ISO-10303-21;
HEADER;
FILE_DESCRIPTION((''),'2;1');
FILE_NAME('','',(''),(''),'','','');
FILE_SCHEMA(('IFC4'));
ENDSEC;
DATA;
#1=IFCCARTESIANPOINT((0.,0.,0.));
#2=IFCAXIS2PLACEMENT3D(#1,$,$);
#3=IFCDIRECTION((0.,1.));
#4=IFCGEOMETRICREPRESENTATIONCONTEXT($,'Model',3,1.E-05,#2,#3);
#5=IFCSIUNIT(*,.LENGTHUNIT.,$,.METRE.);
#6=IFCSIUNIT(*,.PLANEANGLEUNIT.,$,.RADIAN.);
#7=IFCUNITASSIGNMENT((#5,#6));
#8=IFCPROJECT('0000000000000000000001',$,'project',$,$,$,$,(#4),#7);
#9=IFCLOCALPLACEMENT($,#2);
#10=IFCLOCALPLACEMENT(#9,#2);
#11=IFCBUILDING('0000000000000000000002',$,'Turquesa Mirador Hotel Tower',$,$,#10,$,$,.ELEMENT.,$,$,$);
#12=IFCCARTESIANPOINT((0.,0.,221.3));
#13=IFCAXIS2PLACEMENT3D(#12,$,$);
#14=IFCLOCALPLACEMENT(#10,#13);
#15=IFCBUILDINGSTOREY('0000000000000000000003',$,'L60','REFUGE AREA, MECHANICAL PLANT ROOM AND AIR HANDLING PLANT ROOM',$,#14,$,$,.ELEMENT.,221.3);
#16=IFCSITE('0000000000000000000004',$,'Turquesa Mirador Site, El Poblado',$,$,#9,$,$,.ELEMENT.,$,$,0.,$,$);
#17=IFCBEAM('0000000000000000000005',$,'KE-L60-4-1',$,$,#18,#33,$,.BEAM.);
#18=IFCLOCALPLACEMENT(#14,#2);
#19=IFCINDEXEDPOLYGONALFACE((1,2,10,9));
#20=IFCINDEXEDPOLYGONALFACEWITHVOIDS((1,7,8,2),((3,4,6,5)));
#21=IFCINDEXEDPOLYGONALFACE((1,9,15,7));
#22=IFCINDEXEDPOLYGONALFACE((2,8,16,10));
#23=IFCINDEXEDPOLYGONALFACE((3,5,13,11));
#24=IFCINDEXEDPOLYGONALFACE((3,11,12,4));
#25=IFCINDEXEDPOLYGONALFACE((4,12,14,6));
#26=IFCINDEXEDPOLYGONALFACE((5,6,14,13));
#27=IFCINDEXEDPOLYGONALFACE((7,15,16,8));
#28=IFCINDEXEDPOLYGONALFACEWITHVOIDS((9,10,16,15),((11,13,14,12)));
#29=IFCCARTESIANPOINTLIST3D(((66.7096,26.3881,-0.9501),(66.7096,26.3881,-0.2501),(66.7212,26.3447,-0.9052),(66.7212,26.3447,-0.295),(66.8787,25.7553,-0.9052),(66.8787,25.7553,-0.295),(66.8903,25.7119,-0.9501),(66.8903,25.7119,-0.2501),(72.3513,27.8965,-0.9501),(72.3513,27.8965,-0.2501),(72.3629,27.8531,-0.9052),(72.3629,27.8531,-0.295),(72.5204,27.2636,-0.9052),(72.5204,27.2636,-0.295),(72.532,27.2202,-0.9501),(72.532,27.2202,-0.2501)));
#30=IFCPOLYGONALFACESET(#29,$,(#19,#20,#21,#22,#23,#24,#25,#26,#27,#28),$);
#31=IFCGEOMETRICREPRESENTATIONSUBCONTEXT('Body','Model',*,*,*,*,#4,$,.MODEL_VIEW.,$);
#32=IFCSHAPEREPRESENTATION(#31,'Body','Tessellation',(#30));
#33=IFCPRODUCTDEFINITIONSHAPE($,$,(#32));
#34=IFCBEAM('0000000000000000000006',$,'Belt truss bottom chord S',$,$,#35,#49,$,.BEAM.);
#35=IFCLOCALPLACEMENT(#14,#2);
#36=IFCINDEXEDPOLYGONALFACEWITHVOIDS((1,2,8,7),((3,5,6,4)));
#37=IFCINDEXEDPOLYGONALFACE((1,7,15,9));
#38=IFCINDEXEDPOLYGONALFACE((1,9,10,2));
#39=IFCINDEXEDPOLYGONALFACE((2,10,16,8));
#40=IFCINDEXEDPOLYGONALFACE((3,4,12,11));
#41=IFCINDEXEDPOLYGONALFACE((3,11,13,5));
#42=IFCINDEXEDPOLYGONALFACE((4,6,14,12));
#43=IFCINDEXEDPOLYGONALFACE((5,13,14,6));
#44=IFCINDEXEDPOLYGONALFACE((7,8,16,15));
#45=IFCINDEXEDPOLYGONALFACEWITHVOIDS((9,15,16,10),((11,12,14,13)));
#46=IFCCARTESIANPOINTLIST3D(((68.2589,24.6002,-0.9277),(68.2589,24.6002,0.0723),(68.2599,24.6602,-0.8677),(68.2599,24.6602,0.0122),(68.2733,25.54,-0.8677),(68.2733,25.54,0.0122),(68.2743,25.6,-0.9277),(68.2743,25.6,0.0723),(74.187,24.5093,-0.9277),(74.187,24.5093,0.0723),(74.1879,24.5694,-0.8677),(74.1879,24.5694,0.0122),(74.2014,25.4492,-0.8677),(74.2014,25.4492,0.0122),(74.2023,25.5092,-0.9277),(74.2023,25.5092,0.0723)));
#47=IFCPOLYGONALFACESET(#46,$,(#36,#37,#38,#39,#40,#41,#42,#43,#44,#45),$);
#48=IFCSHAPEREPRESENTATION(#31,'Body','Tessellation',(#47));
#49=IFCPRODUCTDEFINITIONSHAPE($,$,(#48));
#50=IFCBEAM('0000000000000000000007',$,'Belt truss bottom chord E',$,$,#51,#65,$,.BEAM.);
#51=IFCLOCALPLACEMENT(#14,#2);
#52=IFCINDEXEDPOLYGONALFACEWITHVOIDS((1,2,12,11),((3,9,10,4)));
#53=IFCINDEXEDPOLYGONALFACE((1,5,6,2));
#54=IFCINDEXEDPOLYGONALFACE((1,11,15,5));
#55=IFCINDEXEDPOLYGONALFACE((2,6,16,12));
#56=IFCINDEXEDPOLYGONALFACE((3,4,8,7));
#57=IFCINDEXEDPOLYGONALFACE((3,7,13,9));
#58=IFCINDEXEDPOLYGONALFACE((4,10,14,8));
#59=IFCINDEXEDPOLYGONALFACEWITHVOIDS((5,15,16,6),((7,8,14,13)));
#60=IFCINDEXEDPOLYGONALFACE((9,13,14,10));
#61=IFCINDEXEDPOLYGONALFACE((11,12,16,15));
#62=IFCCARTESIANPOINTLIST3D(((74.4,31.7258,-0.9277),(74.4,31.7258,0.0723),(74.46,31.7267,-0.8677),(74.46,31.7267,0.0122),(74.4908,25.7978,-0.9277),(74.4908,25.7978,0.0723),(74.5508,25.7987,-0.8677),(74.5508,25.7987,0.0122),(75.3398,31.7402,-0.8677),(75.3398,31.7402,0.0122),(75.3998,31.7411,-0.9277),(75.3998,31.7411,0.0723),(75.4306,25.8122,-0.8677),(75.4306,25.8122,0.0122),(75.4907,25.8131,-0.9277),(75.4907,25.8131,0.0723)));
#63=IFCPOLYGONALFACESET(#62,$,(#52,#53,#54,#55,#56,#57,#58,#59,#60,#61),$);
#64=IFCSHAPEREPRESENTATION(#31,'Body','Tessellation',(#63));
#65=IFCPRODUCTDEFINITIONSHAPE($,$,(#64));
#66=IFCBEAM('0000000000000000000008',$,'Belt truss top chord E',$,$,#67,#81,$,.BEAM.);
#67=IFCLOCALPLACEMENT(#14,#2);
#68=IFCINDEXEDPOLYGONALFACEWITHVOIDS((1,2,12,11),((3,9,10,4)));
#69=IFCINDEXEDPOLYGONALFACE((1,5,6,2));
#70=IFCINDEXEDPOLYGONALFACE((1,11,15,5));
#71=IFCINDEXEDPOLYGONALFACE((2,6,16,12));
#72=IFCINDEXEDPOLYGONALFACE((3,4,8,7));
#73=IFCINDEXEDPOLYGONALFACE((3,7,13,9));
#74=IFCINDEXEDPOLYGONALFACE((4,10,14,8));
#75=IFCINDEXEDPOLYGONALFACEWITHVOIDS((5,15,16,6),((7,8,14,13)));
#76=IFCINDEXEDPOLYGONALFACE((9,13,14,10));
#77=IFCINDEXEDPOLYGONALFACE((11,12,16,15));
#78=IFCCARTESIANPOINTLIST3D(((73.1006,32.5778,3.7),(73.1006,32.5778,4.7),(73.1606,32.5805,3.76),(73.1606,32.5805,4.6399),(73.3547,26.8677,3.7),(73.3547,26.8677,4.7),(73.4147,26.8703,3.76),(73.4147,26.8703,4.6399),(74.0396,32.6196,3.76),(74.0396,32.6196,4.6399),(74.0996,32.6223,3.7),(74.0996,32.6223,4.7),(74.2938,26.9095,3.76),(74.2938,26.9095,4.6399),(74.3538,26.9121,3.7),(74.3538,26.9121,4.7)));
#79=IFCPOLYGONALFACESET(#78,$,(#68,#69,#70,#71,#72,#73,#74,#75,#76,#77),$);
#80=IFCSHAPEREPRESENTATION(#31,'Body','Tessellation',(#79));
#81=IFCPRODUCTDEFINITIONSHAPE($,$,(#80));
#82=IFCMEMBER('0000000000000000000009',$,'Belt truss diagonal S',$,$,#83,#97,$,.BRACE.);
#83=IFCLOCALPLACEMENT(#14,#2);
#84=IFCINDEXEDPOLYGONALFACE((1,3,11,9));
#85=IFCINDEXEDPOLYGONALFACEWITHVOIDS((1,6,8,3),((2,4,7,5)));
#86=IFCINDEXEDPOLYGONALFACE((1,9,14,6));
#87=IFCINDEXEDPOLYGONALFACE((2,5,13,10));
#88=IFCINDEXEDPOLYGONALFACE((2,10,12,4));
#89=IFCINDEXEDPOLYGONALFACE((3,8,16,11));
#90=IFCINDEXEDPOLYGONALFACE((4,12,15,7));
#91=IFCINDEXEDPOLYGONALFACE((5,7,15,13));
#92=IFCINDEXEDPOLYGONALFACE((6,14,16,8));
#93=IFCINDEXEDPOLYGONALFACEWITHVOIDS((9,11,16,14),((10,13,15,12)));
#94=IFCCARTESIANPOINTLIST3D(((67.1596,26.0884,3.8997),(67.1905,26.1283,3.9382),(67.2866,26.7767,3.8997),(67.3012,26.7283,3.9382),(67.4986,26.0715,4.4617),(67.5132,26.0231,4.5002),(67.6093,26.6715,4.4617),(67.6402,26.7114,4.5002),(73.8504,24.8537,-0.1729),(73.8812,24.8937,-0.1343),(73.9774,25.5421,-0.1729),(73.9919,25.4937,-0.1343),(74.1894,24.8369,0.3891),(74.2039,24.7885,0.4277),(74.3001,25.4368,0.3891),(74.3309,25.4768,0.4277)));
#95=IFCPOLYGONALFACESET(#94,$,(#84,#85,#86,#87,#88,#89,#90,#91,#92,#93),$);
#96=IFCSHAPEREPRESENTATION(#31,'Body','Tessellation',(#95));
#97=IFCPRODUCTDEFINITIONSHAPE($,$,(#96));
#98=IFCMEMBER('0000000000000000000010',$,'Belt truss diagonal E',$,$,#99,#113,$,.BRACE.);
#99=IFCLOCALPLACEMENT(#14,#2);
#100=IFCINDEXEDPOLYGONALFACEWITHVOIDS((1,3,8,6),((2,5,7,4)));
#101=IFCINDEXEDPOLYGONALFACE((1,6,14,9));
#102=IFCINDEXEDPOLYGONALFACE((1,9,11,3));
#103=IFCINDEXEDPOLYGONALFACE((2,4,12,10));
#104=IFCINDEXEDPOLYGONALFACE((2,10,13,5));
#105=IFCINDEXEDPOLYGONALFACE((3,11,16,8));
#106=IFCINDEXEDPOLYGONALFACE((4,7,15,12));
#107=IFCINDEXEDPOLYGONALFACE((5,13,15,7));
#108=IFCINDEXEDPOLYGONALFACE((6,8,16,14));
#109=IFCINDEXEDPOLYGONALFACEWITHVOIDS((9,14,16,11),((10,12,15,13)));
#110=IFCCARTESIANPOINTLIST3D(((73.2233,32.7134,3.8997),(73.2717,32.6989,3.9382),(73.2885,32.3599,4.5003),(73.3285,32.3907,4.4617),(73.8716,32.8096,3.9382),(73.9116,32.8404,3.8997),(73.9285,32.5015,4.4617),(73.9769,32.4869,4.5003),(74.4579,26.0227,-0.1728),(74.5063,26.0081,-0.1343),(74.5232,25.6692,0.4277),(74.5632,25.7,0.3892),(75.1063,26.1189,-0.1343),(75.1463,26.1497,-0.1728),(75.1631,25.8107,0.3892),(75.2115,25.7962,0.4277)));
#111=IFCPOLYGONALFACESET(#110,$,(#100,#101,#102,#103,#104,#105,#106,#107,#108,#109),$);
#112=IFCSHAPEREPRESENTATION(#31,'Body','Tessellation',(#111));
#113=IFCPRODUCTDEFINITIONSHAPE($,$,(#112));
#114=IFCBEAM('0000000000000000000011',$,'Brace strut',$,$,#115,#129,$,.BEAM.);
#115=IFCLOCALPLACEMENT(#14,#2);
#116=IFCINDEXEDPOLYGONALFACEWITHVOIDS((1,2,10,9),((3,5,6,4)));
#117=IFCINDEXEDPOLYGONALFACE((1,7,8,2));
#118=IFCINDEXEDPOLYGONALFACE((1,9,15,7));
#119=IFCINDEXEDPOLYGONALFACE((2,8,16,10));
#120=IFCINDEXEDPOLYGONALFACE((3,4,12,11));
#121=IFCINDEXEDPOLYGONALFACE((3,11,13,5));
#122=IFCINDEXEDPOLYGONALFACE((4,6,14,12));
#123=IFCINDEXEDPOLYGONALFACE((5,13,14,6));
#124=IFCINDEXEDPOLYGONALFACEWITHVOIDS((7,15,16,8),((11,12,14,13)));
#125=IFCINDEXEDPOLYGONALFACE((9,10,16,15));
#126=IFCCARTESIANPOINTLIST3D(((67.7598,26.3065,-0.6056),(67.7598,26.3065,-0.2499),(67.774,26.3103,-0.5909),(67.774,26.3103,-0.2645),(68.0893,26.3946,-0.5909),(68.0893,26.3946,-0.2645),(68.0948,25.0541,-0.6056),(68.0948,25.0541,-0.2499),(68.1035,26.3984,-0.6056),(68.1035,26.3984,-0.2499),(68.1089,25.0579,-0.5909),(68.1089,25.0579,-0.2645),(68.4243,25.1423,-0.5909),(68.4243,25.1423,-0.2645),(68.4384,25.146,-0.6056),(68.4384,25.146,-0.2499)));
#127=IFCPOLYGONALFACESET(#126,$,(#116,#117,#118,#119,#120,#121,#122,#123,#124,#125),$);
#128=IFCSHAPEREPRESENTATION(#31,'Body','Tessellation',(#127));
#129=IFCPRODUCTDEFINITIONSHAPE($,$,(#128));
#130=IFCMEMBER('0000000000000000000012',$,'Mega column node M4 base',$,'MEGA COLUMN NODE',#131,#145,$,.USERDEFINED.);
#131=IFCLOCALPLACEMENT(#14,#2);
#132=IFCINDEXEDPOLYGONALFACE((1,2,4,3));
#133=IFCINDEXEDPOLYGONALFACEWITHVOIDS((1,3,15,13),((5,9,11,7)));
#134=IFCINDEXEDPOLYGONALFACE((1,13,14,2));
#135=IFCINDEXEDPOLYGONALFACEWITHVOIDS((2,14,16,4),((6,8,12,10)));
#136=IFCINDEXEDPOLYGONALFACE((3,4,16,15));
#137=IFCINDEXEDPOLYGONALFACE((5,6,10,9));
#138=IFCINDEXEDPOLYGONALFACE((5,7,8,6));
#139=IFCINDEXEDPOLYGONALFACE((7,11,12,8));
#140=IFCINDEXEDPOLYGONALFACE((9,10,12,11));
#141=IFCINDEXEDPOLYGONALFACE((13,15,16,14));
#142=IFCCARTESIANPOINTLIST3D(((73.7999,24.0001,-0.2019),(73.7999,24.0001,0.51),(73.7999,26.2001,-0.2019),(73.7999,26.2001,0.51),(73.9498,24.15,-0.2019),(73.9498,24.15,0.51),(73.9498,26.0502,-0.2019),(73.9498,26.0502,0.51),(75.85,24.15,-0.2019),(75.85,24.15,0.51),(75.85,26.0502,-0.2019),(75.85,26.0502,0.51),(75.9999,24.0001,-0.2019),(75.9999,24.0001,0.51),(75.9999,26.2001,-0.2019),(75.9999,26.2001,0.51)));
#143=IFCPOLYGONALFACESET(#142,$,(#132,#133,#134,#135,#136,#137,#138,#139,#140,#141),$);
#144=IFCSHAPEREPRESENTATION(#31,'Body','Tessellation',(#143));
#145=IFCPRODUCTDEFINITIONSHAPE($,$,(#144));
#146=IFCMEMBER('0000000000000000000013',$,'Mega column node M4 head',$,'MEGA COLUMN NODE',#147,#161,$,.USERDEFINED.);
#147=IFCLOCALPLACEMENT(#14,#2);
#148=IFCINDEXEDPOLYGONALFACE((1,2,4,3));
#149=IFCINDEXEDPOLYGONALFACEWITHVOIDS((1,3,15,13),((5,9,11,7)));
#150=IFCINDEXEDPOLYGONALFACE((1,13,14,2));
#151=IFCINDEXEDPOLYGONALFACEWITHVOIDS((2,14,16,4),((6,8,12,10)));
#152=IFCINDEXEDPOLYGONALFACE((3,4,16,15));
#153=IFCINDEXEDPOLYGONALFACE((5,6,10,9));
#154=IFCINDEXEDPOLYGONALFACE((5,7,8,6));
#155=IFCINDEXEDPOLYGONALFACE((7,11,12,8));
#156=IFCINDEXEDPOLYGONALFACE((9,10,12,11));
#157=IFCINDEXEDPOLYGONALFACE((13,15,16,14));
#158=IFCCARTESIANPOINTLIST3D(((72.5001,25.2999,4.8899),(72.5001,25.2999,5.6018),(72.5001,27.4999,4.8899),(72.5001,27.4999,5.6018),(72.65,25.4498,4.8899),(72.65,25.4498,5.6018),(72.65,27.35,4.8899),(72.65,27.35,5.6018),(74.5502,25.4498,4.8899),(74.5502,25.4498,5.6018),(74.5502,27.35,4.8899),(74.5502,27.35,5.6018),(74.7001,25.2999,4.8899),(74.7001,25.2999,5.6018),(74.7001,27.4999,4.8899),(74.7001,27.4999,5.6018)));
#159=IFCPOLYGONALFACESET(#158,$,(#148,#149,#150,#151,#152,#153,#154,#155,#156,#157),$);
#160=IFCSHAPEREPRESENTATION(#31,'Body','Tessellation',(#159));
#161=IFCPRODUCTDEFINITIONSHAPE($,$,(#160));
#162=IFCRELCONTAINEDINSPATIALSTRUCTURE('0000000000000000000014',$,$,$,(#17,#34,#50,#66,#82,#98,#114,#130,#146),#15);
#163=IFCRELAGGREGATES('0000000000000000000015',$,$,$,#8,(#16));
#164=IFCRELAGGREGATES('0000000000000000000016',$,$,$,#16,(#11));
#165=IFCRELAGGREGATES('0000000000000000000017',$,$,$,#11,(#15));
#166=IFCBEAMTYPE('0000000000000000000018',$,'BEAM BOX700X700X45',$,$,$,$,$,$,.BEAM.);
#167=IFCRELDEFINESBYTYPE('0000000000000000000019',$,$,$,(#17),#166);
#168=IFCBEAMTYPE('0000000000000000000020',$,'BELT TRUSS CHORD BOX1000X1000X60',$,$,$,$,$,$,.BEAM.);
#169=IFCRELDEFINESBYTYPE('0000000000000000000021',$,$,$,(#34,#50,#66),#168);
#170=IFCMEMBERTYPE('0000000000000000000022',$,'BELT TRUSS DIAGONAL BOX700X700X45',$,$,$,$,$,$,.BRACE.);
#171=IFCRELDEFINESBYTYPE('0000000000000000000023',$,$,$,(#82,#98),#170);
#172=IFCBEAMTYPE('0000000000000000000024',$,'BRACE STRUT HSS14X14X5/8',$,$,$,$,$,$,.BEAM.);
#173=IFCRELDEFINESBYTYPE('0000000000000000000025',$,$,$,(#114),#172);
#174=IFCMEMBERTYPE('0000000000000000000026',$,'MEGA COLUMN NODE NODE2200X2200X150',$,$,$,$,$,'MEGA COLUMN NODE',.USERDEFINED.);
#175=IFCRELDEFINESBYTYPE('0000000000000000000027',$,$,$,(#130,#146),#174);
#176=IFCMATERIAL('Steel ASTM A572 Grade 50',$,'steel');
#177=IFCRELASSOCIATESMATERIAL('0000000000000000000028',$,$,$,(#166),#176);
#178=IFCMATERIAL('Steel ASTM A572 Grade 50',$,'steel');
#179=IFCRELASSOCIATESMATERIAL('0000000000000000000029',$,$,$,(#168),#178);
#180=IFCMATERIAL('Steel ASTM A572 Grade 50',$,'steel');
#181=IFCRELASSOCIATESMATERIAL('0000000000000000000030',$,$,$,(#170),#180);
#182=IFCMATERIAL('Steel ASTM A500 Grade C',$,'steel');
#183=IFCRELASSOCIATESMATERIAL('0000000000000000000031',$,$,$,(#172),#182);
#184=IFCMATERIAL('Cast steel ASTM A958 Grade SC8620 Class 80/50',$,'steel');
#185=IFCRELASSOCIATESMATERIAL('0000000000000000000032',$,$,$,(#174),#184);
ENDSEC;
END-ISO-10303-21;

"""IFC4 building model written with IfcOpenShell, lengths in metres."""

from ifc_helpers import new_model, si_unit, direction, frame, origin, origin_2d, place, context, subcontext, project, spatial, hollow_rectangle, extrude, material, material_profile, profile_set, type_object, element, save


model = new_model("IFC4")

# Units and contexts
model_context = context("Model", 3, precision=1e-05, world=origin(), true_north=direction((0.0, 1.0)))
body_context = subcontext(model_context, "Body", "Model", "MODEL_VIEW")
ifc_project = project(units=[si_unit("LENGTHUNIT", "METRE"), si_unit("PLANEANGLEUNIT", "RADIAN")], contexts=[model_context])

# Site, building, storey
site_placement = place(None, origin())
site = spatial("IfcSite", under=ifc_project, at=site_placement, Name="Turquesa Mirador Site, El Poblado", CompositionType="ELEMENT", RefElevation=0.0)
building_placement = place(site_placement, origin())
building = spatial("IfcBuilding", under=site, at=building_placement, Name="Turquesa Mirador Hotel Tower", CompositionType="ELEMENT")
storey_placement = place(building_placement, frame((0.0, 0.0, 221.3)))
storey = spatial("IfcBuildingStorey", under=building, at=storey_placement, Name="L60", Description="REFUGE AREA, MECHANICAL PLANT ROOM AND AIR HANDLING PLANT ROOM", CompositionType="ELEMENT", Elevation=221.3)

# Beams
ifc_material_1 = material(Name="Steel ASTM A572 Grade 50", Category="steel")
ifc_material_profile_1 = material_profile(ifc_material_1, hollow_rectangle(XDim=0.7, YDim=0.7, WallThickness=0.0449, at=origin_2d()), Name="BOX700X700X45")
ifc_profile_set_1 = profile_set([ifc_material_profile_1], Name="Steel ASTM A572 Grade 50")
beam_type_1 = type_object("IfcBeamType", Name="BEAM BOX700X700X45", PredefinedType="BEAM", material=ifc_profile_set_1)
beam_1_placement = place(storey_placement, frame((72.4417, 27.5583, -0.6001), z_axis=(-0.96607, -0.258282, 0.0), x_axis=(0.258282, -0.96607, 0.0)))
element("IfcBeam", 1, at=beam_1_placement, inside=storey, type_object=beam_type_1, Name="KE-L60-4-1", PredefinedType="BEAM", context=body_context, shape_type="SweptSolid", body=[
    extrude(hollow_rectangle(XDim=0.7, YDim=0.7, WallThickness=0.0449, at=origin_2d()), origin(), (0.0, 0.0, 1.0), 5.8398),
])
ifc_material_2 = material(Name="Steel ASTM A572 Grade 50", Category="steel")
ifc_material_profile_2 = material_profile(ifc_material_2, hollow_rectangle(XDim=1.0, YDim=1.0, WallThickness=0.0601, at=origin_2d()), Name="BOX1000X1000X60")
ifc_profile_set_2 = profile_set([ifc_material_profile_2], Name="Steel ASTM A572 Grade 50")
beam_type_2 = type_object("IfcBeamType", Name="BELT TRUSS CHORD BOX1000X1000X60", PredefinedType="BEAM", material=ifc_profile_set_2)
for number, where, z_axis, x_axis, name in (
    (2, (68.2666, 25.1001, -0.4277), (0.999883, -0.015319, 0.0), (0.015319, 0.999883, 0.0), "Belt truss bottom chord S"),
    (3, (74.9907, 25.8054, -0.4277), (-0.015319, 0.999883, 0.0), (-0.999883, -0.015319, 0.0), "Belt truss bottom chord E"),
):
    element("IfcBeam", number, at=place(storey_placement, frame(where, z_axis=z_axis, x_axis=x_axis)), inside=storey, type_object=beam_type_2, Name=name, PredefinedType="BEAM", context=body_context, shape_type="SweptSolid", body=[
        extrude(hollow_rectangle(XDim=1.0, YDim=1.0, WallThickness=0.0601, at=origin_2d()), origin(), (0.0, 0.0, 1.0), 5.9287),
    ])
beam_2_placement = place(storey_placement, frame((73.8542, 26.8899, 4.2), z_axis=(-0.044464, 0.999011, 0.0), x_axis=(-0.999011, -0.044464, 0.0)))
element("IfcBeam", 4, at=beam_2_placement, inside=storey, type_object=beam_type_2, Name="Belt truss top chord E", PredefinedType="BEAM", context=body_context, shape_type="SweptSolid", body=[
    extrude(hollow_rectangle(XDim=1.0, YDim=1.0, WallThickness=0.0601, at=origin_2d()), origin(), (0.0, 0.0, 1.0), 5.7158),
])

# Members
ifc_material_3 = material(Name="Steel ASTM A572 Grade 50", Category="steel")
ifc_material_profile_3 = material_profile(ifc_material_3, hollow_rectangle(XDim=0.7, YDim=0.7, WallThickness=0.0449, at=origin_2d()), Name="BOX700X700X45")
ifc_profile_set_3 = profile_set([ifc_material_profile_3], Name="Steel ASTM A572 Grade 50")
member_type_1 = type_object("IfcMemberType", Name="BELT TRUSS DIAGONAL BOX700X700X45", PredefinedType="BRACE", material=ifc_profile_set_3)
for number, where, z_axis, x_axis, name in (
    (5, (67.3999, 26.3999, 4.2), (0.843785, -0.155702, -0.513599), (0.181465, 0.983397, 0.0), "Belt truss diagonal S"),
    (6, (74.8347, 25.9094, 0.1274), (-0.155702, 0.843785, 0.513599), (-0.983397, -0.181465, 0.0), "Belt truss diagonal E"),
):
    element("IfcMember", number, at=place(storey_placement, frame(where, z_axis=z_axis, x_axis=x_axis)), inside=storey, type_object=member_type_1, Name=name, PredefinedType="BRACE", context=body_context, shape_type="SweptSolid", body=[
        extrude(hollow_rectangle(XDim=0.7, YDim=0.7, WallThickness=0.0449, at=origin_2d()), origin(), (0.0, 0.0, 1.0), 7.9294),
    ])

# Beam
ifc_material_4 = material(Name="Steel ASTM A500 Grade C", Category="steel")
ifc_material_profile_4 = material_profile(ifc_material_4, hollow_rectangle(XDim=0.3557, YDim=0.3557, WallThickness=0.0146, at=origin_2d()), Name="HSS14X14X5/8")
ifc_profile_set_4 = profile_set([ifc_material_profile_4], Name="Steel ASTM A500 Grade C")
beam_type_3 = type_object("IfcBeamType", Name="BRACE STRUT HSS14X14X5/8", PredefinedType="BEAM", material=ifc_profile_set_4)
beam_3_placement = place(storey_placement, frame((68.2666, 25.1001, -0.4277), z_axis=(-0.258366, 0.966047, 0.0), x_axis=(-0.966047, -0.258366, 0.0)))
element("IfcBeam", 7, at=beam_3_placement, inside=storey, type_object=beam_type_3, Name="Brace strut", PredefinedType="BEAM", context=body_context, shape_type="SweptSolid", body=[
    extrude(hollow_rectangle(XDim=0.3557, YDim=0.3557, WallThickness=0.0146, at=origin_2d()), origin(), (0.0, 0.0, 1.0), 1.2964),
])

# Members
ifc_material_5 = material(Name="Cast steel ASTM A958 Grade SC8620 Class 80/50", Category="steel")
ifc_material_profile_5 = material_profile(ifc_material_5, hollow_rectangle(XDim=2.2, YDim=2.2, WallThickness=0.1499, at=origin_2d()), Name="NODE2200X2200X150")
ifc_profile_set_5 = profile_set([ifc_material_profile_5], Name="Cast steel ASTM A958 Grade SC8620 Class 80/50")
member_type_2 = type_object("IfcMemberType", Name="MEGA COLUMN NODE NODE2200X2200X150", ElementType="MEGA COLUMN NODE", PredefinedType="USERDEFINED", material=ifc_profile_set_5)
for number, where, z_axis, x_axis, name in (
    (8, (74.8999, 25.1001, -0.2019), (0.0, 0.0, 1.0), (1.0, 0.0, 0.0), "Mega column node M4 base"),
    (9, (73.6001, 26.3999, 4.8899), (0.0, 0.0, 1.0), (1.0, 0.0, 0.0), "Mega column node M4 head"),
):
    element("IfcMember", number, at=place(storey_placement, frame(where, z_axis=z_axis, x_axis=x_axis)), inside=storey, type_object=member_type_2, Name=name, ObjectType="MEGA COLUMN NODE", PredefinedType="USERDEFINED", context=body_context, shape_type="SweptSolid", body=[
        extrude(hollow_rectangle(XDim=2.2, YDim=2.2, WallThickness=0.1499, at=origin_2d()), origin(), (0.0, 0.0, 1.0), 0.7119),
    ])

save(model, "model.ifc")
